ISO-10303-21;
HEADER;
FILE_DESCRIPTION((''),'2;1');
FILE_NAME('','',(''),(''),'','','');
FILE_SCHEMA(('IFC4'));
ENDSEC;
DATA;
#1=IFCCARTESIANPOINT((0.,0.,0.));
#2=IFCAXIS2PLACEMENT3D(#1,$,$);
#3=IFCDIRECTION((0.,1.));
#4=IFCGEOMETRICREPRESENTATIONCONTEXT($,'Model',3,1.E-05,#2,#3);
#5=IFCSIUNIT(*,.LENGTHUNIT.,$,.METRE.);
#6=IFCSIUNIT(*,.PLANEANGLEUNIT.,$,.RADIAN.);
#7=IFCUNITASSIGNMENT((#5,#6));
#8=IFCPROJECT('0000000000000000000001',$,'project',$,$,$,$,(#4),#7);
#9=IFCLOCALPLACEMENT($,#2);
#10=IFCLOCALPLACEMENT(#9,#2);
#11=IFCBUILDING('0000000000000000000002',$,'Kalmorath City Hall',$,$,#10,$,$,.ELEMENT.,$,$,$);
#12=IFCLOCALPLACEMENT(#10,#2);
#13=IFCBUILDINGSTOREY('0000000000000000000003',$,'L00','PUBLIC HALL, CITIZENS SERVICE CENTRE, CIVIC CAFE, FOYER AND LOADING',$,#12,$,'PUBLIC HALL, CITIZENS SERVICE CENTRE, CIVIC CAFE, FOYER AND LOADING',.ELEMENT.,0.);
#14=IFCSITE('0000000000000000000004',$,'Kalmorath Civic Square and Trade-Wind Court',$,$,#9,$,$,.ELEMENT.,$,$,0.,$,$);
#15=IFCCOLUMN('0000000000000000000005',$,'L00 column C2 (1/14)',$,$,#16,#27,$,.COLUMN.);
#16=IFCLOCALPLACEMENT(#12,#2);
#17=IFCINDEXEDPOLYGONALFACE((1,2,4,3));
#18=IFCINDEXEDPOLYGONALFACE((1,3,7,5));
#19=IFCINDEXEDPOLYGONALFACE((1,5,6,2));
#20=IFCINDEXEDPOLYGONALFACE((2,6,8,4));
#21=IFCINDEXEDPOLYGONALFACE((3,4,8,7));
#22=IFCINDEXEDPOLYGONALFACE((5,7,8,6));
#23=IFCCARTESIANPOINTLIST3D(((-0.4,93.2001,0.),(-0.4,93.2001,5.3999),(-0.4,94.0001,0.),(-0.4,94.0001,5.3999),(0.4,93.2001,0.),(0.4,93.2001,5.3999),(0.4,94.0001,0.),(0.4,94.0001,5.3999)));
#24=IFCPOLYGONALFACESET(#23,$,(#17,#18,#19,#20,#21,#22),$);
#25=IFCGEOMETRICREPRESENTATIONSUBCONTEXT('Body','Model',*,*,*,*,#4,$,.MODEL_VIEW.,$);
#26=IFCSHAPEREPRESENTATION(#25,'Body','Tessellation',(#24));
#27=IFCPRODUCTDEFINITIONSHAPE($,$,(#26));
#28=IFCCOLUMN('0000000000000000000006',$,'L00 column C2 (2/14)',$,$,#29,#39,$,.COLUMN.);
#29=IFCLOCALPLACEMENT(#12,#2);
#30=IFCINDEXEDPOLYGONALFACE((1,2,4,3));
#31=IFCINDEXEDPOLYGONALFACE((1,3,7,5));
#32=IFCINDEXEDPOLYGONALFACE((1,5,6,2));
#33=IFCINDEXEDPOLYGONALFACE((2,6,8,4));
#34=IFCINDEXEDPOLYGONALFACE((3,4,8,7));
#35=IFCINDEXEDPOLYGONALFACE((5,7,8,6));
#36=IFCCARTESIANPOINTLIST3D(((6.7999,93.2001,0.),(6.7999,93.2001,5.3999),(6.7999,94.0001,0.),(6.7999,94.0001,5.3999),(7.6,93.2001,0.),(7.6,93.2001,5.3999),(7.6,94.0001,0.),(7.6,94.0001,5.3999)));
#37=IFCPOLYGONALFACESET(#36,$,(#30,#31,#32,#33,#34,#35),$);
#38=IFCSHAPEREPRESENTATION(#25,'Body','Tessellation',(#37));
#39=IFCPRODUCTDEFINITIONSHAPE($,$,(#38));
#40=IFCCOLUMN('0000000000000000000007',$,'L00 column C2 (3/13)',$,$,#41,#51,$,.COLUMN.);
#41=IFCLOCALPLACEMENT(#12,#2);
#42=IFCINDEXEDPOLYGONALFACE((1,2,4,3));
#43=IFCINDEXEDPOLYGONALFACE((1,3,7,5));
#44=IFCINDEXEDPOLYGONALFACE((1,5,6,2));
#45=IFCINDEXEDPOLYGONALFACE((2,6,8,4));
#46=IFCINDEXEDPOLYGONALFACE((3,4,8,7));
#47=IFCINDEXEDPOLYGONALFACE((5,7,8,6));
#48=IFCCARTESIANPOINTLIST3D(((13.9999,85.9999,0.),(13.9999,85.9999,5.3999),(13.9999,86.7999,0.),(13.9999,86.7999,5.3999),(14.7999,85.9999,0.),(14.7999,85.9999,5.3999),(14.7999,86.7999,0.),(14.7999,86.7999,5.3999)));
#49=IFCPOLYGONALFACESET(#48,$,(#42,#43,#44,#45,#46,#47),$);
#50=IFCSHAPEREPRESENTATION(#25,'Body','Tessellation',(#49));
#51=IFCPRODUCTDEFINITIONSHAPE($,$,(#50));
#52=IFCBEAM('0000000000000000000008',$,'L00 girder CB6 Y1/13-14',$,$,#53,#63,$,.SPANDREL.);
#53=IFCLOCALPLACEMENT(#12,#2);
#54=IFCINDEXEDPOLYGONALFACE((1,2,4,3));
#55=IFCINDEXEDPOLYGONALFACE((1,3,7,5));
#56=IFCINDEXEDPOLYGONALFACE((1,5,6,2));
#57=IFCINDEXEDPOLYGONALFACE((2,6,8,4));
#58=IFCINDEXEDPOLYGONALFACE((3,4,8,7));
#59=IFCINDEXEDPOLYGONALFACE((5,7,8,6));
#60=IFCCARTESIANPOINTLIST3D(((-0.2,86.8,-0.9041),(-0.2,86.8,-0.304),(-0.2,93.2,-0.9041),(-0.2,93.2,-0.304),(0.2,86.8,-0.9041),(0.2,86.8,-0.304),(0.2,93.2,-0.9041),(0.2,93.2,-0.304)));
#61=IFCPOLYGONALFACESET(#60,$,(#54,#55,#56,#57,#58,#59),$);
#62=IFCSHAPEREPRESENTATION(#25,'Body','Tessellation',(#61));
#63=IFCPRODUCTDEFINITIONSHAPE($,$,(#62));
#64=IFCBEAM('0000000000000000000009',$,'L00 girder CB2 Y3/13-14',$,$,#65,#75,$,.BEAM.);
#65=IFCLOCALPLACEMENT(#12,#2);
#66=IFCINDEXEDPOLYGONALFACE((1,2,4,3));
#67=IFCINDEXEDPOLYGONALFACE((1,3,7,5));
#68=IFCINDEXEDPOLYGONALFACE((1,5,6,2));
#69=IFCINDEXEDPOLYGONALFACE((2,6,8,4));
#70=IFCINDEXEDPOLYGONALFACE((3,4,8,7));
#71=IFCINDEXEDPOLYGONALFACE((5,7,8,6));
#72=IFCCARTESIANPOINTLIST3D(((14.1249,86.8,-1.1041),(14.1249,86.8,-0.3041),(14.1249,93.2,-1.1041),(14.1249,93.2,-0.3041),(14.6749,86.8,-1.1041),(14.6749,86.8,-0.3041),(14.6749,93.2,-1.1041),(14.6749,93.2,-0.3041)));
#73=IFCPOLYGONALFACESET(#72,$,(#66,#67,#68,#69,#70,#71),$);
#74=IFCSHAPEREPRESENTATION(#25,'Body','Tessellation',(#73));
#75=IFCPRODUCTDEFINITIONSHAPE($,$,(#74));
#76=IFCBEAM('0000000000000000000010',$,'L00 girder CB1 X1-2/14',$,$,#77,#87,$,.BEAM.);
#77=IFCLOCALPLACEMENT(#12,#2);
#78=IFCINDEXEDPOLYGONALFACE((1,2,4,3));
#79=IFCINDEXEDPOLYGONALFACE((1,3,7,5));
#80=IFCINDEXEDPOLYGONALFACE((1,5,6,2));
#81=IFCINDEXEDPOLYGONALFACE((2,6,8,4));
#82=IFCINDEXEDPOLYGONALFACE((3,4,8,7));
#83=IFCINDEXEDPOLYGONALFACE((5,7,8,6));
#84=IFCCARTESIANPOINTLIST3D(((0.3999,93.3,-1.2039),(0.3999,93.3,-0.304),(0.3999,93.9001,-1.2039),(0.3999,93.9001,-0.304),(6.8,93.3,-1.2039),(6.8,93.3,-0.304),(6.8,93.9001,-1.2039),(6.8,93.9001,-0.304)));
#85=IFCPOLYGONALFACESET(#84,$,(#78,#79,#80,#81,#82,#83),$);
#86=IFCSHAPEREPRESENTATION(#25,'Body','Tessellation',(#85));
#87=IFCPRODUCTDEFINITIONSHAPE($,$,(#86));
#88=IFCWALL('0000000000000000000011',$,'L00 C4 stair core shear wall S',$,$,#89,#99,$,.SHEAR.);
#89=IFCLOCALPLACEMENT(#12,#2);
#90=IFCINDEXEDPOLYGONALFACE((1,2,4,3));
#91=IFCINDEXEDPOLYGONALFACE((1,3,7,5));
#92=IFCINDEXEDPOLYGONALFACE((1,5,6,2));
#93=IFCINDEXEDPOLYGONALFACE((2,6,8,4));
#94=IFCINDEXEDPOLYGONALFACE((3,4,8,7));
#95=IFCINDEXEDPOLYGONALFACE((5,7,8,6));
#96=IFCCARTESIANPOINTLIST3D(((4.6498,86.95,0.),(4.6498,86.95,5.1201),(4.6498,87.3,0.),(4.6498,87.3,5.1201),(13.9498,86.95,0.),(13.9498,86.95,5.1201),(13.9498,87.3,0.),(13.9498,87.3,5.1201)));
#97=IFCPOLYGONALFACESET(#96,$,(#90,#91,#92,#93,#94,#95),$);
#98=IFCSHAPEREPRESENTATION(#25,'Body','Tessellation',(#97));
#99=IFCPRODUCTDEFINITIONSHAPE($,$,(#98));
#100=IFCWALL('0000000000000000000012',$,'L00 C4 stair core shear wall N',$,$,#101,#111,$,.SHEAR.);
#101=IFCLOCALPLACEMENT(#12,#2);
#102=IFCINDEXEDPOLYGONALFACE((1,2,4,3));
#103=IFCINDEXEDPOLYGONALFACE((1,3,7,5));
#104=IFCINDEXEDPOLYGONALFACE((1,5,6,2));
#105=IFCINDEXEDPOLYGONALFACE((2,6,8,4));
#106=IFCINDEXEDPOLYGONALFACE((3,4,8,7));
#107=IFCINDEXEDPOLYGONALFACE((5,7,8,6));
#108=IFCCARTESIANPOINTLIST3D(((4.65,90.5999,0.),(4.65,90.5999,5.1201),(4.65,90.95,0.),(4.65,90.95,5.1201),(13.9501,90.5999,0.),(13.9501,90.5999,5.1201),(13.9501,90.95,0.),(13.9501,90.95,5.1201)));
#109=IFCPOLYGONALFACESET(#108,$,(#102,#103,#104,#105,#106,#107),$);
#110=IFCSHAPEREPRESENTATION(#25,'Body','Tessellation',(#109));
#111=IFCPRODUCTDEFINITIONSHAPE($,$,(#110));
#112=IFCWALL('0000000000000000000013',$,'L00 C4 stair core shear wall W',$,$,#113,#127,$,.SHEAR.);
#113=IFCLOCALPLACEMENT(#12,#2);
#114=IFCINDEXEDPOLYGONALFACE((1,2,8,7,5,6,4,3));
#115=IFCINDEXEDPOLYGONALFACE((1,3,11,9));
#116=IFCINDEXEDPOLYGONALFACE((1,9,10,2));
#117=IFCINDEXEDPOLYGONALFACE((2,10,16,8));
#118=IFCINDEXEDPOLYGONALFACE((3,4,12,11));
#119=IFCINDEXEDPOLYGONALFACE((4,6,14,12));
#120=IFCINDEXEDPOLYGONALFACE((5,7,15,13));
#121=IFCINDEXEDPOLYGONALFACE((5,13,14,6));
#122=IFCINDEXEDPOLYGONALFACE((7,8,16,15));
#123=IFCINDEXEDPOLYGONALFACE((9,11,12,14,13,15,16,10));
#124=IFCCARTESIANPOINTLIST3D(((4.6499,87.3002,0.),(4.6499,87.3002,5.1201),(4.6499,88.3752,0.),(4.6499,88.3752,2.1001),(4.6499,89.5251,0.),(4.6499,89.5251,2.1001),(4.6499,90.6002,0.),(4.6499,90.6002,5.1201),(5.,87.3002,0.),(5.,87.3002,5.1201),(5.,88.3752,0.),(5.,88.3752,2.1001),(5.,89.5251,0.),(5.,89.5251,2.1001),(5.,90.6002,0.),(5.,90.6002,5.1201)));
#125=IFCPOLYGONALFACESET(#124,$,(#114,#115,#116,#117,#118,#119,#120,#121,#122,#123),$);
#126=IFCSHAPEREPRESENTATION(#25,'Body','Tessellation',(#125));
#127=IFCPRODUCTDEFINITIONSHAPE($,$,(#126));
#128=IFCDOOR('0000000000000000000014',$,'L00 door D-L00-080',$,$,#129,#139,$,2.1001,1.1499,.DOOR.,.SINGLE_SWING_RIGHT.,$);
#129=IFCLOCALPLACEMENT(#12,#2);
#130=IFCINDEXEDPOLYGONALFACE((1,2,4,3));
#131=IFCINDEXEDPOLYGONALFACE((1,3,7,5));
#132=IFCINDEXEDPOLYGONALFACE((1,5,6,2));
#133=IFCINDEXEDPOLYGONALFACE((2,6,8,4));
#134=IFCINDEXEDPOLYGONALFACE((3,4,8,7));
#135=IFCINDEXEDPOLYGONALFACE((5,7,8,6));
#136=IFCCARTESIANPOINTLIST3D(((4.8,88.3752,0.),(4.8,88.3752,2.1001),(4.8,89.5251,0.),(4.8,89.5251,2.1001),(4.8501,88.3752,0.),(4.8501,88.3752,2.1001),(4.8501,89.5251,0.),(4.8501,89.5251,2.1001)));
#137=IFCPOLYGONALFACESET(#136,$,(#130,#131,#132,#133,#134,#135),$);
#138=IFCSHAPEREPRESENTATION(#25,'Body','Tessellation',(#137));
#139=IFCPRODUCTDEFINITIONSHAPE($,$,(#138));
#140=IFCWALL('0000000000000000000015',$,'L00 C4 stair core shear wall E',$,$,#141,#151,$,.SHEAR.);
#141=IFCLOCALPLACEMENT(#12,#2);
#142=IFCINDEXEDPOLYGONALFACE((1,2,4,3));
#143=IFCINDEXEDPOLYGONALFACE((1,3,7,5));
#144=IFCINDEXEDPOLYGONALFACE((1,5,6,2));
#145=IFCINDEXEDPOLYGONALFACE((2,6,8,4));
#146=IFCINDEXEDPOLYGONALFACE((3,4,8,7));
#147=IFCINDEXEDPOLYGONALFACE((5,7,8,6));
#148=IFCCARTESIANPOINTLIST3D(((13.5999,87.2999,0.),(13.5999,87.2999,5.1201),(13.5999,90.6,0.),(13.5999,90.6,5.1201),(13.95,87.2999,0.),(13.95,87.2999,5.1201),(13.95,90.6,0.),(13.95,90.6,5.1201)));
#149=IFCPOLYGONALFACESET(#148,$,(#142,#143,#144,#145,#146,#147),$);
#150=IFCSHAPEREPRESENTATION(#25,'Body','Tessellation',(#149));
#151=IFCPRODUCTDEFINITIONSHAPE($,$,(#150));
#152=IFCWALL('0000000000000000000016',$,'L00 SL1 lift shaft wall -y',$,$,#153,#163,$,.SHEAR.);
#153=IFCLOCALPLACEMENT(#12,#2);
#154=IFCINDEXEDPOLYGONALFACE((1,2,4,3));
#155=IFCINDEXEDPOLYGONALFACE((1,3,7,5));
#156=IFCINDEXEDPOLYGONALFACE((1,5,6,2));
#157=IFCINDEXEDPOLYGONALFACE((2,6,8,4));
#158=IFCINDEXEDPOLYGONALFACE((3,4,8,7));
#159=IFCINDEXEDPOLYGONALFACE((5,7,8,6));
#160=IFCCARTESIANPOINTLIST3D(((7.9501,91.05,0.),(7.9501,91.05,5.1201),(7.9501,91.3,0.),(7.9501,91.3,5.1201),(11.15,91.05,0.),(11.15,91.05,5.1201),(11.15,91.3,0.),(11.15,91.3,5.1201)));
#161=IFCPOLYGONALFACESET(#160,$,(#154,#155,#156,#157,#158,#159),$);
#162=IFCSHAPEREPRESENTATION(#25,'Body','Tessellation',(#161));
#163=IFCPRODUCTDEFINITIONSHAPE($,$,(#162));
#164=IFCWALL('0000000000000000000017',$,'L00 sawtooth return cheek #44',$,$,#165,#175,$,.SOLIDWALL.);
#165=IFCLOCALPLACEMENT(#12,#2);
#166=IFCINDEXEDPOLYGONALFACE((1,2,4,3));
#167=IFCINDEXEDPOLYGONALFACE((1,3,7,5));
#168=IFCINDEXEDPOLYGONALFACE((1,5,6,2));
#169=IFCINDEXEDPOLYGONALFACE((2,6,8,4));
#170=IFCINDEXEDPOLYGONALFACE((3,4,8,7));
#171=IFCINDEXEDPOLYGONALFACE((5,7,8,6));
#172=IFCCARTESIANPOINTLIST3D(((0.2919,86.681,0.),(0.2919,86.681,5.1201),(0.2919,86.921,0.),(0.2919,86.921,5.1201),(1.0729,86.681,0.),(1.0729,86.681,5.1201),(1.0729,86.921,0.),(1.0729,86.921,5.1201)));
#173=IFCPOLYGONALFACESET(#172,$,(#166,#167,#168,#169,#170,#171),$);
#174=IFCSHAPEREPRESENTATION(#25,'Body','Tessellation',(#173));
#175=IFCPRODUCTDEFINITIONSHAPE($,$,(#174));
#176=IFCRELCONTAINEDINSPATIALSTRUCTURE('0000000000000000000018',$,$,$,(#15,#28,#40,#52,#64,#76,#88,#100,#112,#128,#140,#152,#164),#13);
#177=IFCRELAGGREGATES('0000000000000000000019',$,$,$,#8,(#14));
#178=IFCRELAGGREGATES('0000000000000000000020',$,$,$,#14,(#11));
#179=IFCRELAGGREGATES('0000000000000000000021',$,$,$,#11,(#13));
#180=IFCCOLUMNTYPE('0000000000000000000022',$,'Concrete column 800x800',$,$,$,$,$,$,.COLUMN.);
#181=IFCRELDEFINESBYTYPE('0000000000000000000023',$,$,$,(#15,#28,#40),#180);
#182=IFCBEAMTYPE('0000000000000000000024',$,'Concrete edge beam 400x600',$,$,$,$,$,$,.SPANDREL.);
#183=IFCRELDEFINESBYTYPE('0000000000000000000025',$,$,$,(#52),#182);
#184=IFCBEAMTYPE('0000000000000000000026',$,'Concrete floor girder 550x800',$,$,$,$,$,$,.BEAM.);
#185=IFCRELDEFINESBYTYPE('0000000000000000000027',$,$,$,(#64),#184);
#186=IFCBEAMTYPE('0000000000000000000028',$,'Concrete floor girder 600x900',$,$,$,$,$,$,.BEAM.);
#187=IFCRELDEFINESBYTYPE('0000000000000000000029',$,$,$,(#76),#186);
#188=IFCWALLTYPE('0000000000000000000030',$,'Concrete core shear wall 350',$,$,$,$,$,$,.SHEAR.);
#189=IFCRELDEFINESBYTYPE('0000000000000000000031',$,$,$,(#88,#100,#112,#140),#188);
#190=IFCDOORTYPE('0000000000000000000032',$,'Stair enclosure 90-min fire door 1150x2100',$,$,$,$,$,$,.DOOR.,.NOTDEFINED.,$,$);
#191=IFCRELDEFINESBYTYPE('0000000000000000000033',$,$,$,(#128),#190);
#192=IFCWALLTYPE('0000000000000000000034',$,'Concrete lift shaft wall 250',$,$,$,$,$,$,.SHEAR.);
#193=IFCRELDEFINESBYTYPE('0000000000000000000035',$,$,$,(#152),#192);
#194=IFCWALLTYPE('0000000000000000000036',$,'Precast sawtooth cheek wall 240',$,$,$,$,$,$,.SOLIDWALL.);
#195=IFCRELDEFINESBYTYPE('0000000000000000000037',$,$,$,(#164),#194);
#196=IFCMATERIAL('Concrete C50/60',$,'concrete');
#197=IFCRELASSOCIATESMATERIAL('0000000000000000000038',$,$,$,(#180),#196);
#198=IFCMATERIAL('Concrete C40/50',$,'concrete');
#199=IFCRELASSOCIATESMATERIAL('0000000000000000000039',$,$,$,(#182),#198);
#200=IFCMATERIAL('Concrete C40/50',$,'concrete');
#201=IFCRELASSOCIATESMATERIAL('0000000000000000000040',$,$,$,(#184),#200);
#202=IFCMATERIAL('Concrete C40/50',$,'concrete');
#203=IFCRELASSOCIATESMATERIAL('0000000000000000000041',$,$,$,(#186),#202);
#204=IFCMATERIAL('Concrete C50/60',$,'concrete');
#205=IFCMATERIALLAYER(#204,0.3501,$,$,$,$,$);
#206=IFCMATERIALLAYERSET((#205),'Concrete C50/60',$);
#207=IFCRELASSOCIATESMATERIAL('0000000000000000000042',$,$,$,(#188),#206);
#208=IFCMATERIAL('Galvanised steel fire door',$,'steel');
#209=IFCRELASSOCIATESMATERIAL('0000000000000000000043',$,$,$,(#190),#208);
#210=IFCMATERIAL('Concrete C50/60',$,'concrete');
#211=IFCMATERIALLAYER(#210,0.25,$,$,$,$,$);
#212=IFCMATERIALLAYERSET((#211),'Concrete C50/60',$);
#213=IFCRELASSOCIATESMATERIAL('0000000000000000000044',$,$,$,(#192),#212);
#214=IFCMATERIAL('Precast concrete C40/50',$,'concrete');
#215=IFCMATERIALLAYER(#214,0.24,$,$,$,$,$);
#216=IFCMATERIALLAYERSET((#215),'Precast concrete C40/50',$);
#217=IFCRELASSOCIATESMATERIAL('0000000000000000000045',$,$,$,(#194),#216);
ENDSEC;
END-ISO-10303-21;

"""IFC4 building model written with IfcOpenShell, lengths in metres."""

from ifc_helpers import new_model, si_unit, direction, frame, frame_2d, origin, origin_2d, place, context, subcontext, project, spatial, rectangle, extrude, material, layer, layer_set, material_profile, profile_set, type_object, element, fill, save


model = new_model("IFC4")

# Units and contexts
model_context = context("Model", 3, precision=1e-05, world=origin(), true_north=direction((0.0, 1.0)))
body_context = subcontext(model_context, "Body", "Model", "MODEL_VIEW")
ifc_project = project(units=[si_unit("LENGTHUNIT", "METRE"), si_unit("PLANEANGLEUNIT", "RADIAN")], contexts=[model_context])

# Site, building, storey
site_placement = place(None, origin())
site = spatial("IfcSite", under=ifc_project, at=site_placement, Name="Kalmorath Civic Square and Trade-Wind Court", CompositionType="ELEMENT", RefElevation=0.0)
building_placement = place(site_placement, origin())
building = spatial("IfcBuilding", under=site, at=building_placement, Name="Kalmorath City Hall", CompositionType="ELEMENT")
storey_placement = place(building_placement, origin())
storey = spatial("IfcBuildingStorey", under=building, at=storey_placement, Name="L00", Description="PUBLIC HALL, CITIZENS SERVICE CENTRE, CIVIC CAFE, FOYER AND LOADING", LongName="PUBLIC HALL, CITIZENS SERVICE CENTRE, CIVIC CAFE, FOYER AND LOADING", CompositionType="ELEMENT", Elevation=0.0)

# Columns
ifc_material_1 = material(Name="Concrete C50/60", Category="concrete")
ifc_material_profile_1 = material_profile(ifc_material_1, rectangle(XDim=0.8, YDim=0.8, at=origin_2d()), Name="RC-COL-800X800")
ifc_profile_set_1 = profile_set([ifc_material_profile_1], Name="Concrete C50/60")
column_type = type_object("IfcColumnType", Name="Concrete column 800x800", PredefinedType="COLUMN", material=ifc_profile_set_1)
for number, where, z_axis, x_axis, name in (
    (1, (0.0, 93.6001, 0.0), (0.0, 0.0, 1.0), (1.0, 0.0, 0.0), "L00 column C2 (1/14)"),
    (2, (7.2, 93.6001, 0.0), (0.0, 0.0, 1.0), (1.0, 0.0, 0.0), "L00 column C2 (2/14)"),
    (3, (14.3999, 86.3999, 0.0), (0.0, 0.0, 1.0), (1.0, 0.0, 0.0), "L00 column C2 (3/13)"),
):
    element("IfcColumn", number, at=place(storey_placement, frame(where, z_axis=z_axis, x_axis=x_axis)), inside=storey, type_object=column_type, Name=name, PredefinedType="COLUMN", context=body_context, shape_type="SweptSolid", body=[
        extrude(rectangle(XDim=0.8, YDim=0.8, at=origin_2d()), origin(), (0.0, 0.0, 1.0), 5.3999),
    ])

# Beams
ifc_material_2 = material(Name="Concrete C40/50", Category="concrete")
ifc_material_profile_2 = material_profile(ifc_material_2, rectangle(XDim=0.3999, YDim=0.6001, at=origin_2d()), Name="RC-BM-400X600")
ifc_profile_set_2 = profile_set([ifc_material_profile_2], Name="Concrete C40/50")
beam_type_1 = type_object("IfcBeamType", Name="Concrete edge beam 400x600", PredefinedType="SPANDREL", material=ifc_profile_set_2)
beam_1_placement = place(storey_placement, frame((0.0, 86.8, -0.604), z_axis=(0.0, 1.0, 0.0), x_axis=(-1.0, 0.0, 0.0)))
element("IfcBeam", 4, at=beam_1_placement, inside=storey, type_object=beam_type_1, Name="L00 girder CB6 Y1/13-14", PredefinedType="SPANDREL", context=body_context, shape_type="SweptSolid", body=[
    extrude(rectangle(XDim=0.3999, YDim=0.6001, at=origin_2d()), origin(), (0.0, 0.0, 1.0), 6.3999),
])
ifc_material_3 = material(Name="Concrete C40/50", Category="concrete")
ifc_material_profile_3 = material_profile(ifc_material_3, rectangle(XDim=0.55, YDim=0.8, at=origin_2d()), Name="RC-BM-550X800")
ifc_profile_set_3 = profile_set([ifc_material_profile_3], Name="Concrete C40/50")
beam_type_2 = type_object("IfcBeamType", Name="Concrete floor girder 550x800", PredefinedType="BEAM", material=ifc_profile_set_3)
beam_2_placement = place(storey_placement, frame((14.3999, 86.8, -0.7041), z_axis=(0.0, 1.0, 0.0), x_axis=(-1.0, 0.0, 0.0)))
element("IfcBeam", 5, at=beam_2_placement, inside=storey, type_object=beam_type_2, Name="L00 girder CB2 Y3/13-14", PredefinedType="BEAM", context=body_context, shape_type="SweptSolid", body=[
    extrude(rectangle(XDim=0.55, YDim=0.8, at=origin_2d()), origin(), (0.0, 0.0, 1.0), 6.3999),
])
ifc_material_4 = material(Name="Concrete C40/50", Category="concrete")
ifc_material_profile_4 = material_profile(ifc_material_4, rectangle(XDim=0.6001, YDim=0.8999, at=origin_2d()), Name="RC-BM-600X900")
ifc_profile_set_4 = profile_set([ifc_material_profile_4], Name="Concrete C40/50")
beam_type_3 = type_object("IfcBeamType", Name="Concrete floor girder 600x900", PredefinedType="BEAM", material=ifc_profile_set_4)
beam_3_placement = place(storey_placement, frame((0.3999, 93.6001, -0.7539), z_axis=(1.0, 0.0, 0.0), x_axis=(0.0, 1.0, 0.0)))
element("IfcBeam", 6, at=beam_3_placement, inside=storey, type_object=beam_type_3, Name="L00 girder CB1 X1-2/14", PredefinedType="BEAM", context=body_context, shape_type="SweptSolid", body=[
    extrude(rectangle(XDim=0.6001, YDim=0.8999, at=origin_2d()), origin(), (0.0, 0.0, 1.0), 6.4001),
])

# Walls
ifc_material_5 = material(Name="Concrete C50/60", Category="concrete")
ifc_layer_1 = layer(ifc_material_5, 0.3501)
ifc_layer_set_1 = layer_set([ifc_layer_1], Name="Concrete C50/60")
wall_type_1 = type_object("IfcWallType", Name="Concrete core shear wall 350", PredefinedType="SHEAR", material=ifc_layer_set_1)
for number, where, z_axis, x_axis, name in (
    (7, (4.6499, 87.125, 0.0), (0.0, 0.0, 1.0), (1.0, 0.0, 0.0), "L00 C4 stair core shear wall S"),
    (8, (13.95, 90.7749, 0.0), (0.0, 0.0, 1.0), (-1.0, 0.0, 0.0), "L00 C4 stair core shear wall N"),
):
    element("IfcWall", number, at=place(storey_placement, frame(where, z_axis=z_axis, x_axis=x_axis)), inside=storey, type_object=wall_type_1, Name=name, PredefinedType="SHEAR", context=body_context, shape_type="SweptSolid", body=[
        extrude(rectangle(XDim=9.3, YDim=0.3501, at=frame_2d((4.6499, 0.0))), origin(), (0.0, 0.0, 1.0), 5.1201),
    ])

# Wall, opening, door
wall_1_placement = place(storey_placement, frame((4.825, 90.6001, 0.0), z_axis=(0.0, 0.0, 1.0), x_axis=(0.0, -1.0, 0.0)))
wall_1 = element("IfcWall", 9, at=wall_1_placement, inside=storey, type_object=wall_type_1, Name="L00 C4 stair core shear wall W", PredefinedType="SHEAR", context=body_context, shape_type="SweptSolid", body=[
    extrude(rectangle(XDim=3.3, YDim=0.3501, at=frame_2d((1.6499, 0.0))), origin(), (0.0, 0.0, 1.0), 5.1201),
])
opening_1_placement = place(wall_1_placement, frame((1.075, 0.0, 0.0)))
opening_1 = element("IfcOpeningElement", 10, at=opening_1_placement, cuts=wall_1, PredefinedType="OPENING", context=body_context, shape_type="SweptSolid", body=[
    extrude(rectangle(XDim=1.1499, YDim=2.1001, at=frame_2d((0.575, 1.05))), frame((0.0, 0.1851, 0.0), z_axis=(0.0, -1.0, 0.0), x_axis=(1.0, 0.0, 0.0)), (0.0, 0.0, 1.0), 0.3701),
])
ifc_material_6 = material(Name="Galvanised steel fire door", Category="steel")
door_type_1 = type_object("IfcDoorType", Name="Stair enclosure 90-min fire door 1150x2100", OperationType="NOTDEFINED", PredefinedType="DOOR", material=ifc_material_6)
door_1_placement = place(opening_1_placement, frame((1.1499, 0.0, 0.0), z_axis=(0.0, 0.0, 1.0), x_axis=(-1.0, 0.0, 0.0)))
door_1 = element("IfcDoor", 11, at=door_1_placement, inside=storey, type_object=door_type_1, Name="L00 door D-L00-080", OperationType="SINGLE_SWING_RIGHT", OverallHeight=2.1001, OverallWidth=1.1499, PredefinedType="DOOR", context=body_context, shape_type="SweptSolid", body=[
    extrude(rectangle(XDim=1.1499, YDim=2.1001, at=frame_2d((0.575, 1.05))), frame((0.0, 0.0249, 0.0), z_axis=(0.0, -1.0, 0.0), x_axis=(1.0, 0.0, 0.0)), (0.0, 0.0, 1.0), 0.05),
])
fill(opening_1, door_1)

# Walls
wall_2_placement = place(storey_placement, frame((13.7749, 87.3, 0.0), z_axis=(0.0, 0.0, 1.0), x_axis=(0.0, 1.0, 0.0)))
element("IfcWall", 12, at=wall_2_placement, inside=storey, type_object=wall_type_1, Name="L00 C4 stair core shear wall E", PredefinedType="SHEAR", context=body_context, shape_type="SweptSolid", body=[
    extrude(rectangle(XDim=3.3, YDim=0.3501, at=frame_2d((1.6499, 0.0))), origin(), (0.0, 0.0, 1.0), 5.1201),
])
ifc_material_7 = material(Name="Concrete C50/60", Category="concrete")
ifc_layer_2 = layer(ifc_material_7, 0.25)
ifc_layer_set_2 = layer_set([ifc_layer_2], Name="Concrete C50/60")
wall_type_2 = type_object("IfcWallType", Name="Concrete lift shaft wall 250", PredefinedType="SHEAR", material=ifc_layer_set_2)
wall_3_placement = place(storey_placement, frame((7.95, 91.175, 0.0), z_axis=(0.0, 0.0, 1.0), x_axis=(1.0, 0.0, 0.0)))
element("IfcWall", 13, at=wall_3_placement, inside=storey, type_object=wall_type_2, Name="L00 SL1 lift shaft wall -y", PredefinedType="SHEAR", context=body_context, shape_type="SweptSolid", body=[
    extrude(rectangle(XDim=3.2, YDim=0.25, at=frame_2d((1.6001, 0.0))), origin(), (0.0, 0.0, 1.0), 5.1201),
])

# Wall
ifc_material_8 = material(Name="Precast concrete C40/50", Category="concrete")
ifc_layer_3 = layer(ifc_material_8, 0.24)
ifc_layer_set_3 = layer_set([ifc_layer_3], Name="Precast concrete C40/50")
wall_type_3 = type_object("IfcWallType", Name="Precast sawtooth cheek wall 240", PredefinedType="SOLIDWALL", material=ifc_layer_set_3)
for number, where, z_axis, x_axis, name in (
    (14, (1.073, 86.801, 0.0), (0.0, 0.0, 1.0), (-1.0, 0.0, 0.0), "L00 sawtooth return cheek #44"),
):
    element("IfcWall", number, at=place(storey_placement, frame(where, z_axis=z_axis, x_axis=x_axis)), inside=storey, type_object=wall_type_3, Name=name, PredefinedType="SOLIDWALL", context=body_context, shape_type="SweptSolid", body=[
        extrude(rectangle(XDim=0.781, YDim=0.24, at=frame_2d((0.3906, 0.0))), origin(), (0.0, 0.0, 1.0), 5.1201),
    ])

save(model, "model.ifc")
